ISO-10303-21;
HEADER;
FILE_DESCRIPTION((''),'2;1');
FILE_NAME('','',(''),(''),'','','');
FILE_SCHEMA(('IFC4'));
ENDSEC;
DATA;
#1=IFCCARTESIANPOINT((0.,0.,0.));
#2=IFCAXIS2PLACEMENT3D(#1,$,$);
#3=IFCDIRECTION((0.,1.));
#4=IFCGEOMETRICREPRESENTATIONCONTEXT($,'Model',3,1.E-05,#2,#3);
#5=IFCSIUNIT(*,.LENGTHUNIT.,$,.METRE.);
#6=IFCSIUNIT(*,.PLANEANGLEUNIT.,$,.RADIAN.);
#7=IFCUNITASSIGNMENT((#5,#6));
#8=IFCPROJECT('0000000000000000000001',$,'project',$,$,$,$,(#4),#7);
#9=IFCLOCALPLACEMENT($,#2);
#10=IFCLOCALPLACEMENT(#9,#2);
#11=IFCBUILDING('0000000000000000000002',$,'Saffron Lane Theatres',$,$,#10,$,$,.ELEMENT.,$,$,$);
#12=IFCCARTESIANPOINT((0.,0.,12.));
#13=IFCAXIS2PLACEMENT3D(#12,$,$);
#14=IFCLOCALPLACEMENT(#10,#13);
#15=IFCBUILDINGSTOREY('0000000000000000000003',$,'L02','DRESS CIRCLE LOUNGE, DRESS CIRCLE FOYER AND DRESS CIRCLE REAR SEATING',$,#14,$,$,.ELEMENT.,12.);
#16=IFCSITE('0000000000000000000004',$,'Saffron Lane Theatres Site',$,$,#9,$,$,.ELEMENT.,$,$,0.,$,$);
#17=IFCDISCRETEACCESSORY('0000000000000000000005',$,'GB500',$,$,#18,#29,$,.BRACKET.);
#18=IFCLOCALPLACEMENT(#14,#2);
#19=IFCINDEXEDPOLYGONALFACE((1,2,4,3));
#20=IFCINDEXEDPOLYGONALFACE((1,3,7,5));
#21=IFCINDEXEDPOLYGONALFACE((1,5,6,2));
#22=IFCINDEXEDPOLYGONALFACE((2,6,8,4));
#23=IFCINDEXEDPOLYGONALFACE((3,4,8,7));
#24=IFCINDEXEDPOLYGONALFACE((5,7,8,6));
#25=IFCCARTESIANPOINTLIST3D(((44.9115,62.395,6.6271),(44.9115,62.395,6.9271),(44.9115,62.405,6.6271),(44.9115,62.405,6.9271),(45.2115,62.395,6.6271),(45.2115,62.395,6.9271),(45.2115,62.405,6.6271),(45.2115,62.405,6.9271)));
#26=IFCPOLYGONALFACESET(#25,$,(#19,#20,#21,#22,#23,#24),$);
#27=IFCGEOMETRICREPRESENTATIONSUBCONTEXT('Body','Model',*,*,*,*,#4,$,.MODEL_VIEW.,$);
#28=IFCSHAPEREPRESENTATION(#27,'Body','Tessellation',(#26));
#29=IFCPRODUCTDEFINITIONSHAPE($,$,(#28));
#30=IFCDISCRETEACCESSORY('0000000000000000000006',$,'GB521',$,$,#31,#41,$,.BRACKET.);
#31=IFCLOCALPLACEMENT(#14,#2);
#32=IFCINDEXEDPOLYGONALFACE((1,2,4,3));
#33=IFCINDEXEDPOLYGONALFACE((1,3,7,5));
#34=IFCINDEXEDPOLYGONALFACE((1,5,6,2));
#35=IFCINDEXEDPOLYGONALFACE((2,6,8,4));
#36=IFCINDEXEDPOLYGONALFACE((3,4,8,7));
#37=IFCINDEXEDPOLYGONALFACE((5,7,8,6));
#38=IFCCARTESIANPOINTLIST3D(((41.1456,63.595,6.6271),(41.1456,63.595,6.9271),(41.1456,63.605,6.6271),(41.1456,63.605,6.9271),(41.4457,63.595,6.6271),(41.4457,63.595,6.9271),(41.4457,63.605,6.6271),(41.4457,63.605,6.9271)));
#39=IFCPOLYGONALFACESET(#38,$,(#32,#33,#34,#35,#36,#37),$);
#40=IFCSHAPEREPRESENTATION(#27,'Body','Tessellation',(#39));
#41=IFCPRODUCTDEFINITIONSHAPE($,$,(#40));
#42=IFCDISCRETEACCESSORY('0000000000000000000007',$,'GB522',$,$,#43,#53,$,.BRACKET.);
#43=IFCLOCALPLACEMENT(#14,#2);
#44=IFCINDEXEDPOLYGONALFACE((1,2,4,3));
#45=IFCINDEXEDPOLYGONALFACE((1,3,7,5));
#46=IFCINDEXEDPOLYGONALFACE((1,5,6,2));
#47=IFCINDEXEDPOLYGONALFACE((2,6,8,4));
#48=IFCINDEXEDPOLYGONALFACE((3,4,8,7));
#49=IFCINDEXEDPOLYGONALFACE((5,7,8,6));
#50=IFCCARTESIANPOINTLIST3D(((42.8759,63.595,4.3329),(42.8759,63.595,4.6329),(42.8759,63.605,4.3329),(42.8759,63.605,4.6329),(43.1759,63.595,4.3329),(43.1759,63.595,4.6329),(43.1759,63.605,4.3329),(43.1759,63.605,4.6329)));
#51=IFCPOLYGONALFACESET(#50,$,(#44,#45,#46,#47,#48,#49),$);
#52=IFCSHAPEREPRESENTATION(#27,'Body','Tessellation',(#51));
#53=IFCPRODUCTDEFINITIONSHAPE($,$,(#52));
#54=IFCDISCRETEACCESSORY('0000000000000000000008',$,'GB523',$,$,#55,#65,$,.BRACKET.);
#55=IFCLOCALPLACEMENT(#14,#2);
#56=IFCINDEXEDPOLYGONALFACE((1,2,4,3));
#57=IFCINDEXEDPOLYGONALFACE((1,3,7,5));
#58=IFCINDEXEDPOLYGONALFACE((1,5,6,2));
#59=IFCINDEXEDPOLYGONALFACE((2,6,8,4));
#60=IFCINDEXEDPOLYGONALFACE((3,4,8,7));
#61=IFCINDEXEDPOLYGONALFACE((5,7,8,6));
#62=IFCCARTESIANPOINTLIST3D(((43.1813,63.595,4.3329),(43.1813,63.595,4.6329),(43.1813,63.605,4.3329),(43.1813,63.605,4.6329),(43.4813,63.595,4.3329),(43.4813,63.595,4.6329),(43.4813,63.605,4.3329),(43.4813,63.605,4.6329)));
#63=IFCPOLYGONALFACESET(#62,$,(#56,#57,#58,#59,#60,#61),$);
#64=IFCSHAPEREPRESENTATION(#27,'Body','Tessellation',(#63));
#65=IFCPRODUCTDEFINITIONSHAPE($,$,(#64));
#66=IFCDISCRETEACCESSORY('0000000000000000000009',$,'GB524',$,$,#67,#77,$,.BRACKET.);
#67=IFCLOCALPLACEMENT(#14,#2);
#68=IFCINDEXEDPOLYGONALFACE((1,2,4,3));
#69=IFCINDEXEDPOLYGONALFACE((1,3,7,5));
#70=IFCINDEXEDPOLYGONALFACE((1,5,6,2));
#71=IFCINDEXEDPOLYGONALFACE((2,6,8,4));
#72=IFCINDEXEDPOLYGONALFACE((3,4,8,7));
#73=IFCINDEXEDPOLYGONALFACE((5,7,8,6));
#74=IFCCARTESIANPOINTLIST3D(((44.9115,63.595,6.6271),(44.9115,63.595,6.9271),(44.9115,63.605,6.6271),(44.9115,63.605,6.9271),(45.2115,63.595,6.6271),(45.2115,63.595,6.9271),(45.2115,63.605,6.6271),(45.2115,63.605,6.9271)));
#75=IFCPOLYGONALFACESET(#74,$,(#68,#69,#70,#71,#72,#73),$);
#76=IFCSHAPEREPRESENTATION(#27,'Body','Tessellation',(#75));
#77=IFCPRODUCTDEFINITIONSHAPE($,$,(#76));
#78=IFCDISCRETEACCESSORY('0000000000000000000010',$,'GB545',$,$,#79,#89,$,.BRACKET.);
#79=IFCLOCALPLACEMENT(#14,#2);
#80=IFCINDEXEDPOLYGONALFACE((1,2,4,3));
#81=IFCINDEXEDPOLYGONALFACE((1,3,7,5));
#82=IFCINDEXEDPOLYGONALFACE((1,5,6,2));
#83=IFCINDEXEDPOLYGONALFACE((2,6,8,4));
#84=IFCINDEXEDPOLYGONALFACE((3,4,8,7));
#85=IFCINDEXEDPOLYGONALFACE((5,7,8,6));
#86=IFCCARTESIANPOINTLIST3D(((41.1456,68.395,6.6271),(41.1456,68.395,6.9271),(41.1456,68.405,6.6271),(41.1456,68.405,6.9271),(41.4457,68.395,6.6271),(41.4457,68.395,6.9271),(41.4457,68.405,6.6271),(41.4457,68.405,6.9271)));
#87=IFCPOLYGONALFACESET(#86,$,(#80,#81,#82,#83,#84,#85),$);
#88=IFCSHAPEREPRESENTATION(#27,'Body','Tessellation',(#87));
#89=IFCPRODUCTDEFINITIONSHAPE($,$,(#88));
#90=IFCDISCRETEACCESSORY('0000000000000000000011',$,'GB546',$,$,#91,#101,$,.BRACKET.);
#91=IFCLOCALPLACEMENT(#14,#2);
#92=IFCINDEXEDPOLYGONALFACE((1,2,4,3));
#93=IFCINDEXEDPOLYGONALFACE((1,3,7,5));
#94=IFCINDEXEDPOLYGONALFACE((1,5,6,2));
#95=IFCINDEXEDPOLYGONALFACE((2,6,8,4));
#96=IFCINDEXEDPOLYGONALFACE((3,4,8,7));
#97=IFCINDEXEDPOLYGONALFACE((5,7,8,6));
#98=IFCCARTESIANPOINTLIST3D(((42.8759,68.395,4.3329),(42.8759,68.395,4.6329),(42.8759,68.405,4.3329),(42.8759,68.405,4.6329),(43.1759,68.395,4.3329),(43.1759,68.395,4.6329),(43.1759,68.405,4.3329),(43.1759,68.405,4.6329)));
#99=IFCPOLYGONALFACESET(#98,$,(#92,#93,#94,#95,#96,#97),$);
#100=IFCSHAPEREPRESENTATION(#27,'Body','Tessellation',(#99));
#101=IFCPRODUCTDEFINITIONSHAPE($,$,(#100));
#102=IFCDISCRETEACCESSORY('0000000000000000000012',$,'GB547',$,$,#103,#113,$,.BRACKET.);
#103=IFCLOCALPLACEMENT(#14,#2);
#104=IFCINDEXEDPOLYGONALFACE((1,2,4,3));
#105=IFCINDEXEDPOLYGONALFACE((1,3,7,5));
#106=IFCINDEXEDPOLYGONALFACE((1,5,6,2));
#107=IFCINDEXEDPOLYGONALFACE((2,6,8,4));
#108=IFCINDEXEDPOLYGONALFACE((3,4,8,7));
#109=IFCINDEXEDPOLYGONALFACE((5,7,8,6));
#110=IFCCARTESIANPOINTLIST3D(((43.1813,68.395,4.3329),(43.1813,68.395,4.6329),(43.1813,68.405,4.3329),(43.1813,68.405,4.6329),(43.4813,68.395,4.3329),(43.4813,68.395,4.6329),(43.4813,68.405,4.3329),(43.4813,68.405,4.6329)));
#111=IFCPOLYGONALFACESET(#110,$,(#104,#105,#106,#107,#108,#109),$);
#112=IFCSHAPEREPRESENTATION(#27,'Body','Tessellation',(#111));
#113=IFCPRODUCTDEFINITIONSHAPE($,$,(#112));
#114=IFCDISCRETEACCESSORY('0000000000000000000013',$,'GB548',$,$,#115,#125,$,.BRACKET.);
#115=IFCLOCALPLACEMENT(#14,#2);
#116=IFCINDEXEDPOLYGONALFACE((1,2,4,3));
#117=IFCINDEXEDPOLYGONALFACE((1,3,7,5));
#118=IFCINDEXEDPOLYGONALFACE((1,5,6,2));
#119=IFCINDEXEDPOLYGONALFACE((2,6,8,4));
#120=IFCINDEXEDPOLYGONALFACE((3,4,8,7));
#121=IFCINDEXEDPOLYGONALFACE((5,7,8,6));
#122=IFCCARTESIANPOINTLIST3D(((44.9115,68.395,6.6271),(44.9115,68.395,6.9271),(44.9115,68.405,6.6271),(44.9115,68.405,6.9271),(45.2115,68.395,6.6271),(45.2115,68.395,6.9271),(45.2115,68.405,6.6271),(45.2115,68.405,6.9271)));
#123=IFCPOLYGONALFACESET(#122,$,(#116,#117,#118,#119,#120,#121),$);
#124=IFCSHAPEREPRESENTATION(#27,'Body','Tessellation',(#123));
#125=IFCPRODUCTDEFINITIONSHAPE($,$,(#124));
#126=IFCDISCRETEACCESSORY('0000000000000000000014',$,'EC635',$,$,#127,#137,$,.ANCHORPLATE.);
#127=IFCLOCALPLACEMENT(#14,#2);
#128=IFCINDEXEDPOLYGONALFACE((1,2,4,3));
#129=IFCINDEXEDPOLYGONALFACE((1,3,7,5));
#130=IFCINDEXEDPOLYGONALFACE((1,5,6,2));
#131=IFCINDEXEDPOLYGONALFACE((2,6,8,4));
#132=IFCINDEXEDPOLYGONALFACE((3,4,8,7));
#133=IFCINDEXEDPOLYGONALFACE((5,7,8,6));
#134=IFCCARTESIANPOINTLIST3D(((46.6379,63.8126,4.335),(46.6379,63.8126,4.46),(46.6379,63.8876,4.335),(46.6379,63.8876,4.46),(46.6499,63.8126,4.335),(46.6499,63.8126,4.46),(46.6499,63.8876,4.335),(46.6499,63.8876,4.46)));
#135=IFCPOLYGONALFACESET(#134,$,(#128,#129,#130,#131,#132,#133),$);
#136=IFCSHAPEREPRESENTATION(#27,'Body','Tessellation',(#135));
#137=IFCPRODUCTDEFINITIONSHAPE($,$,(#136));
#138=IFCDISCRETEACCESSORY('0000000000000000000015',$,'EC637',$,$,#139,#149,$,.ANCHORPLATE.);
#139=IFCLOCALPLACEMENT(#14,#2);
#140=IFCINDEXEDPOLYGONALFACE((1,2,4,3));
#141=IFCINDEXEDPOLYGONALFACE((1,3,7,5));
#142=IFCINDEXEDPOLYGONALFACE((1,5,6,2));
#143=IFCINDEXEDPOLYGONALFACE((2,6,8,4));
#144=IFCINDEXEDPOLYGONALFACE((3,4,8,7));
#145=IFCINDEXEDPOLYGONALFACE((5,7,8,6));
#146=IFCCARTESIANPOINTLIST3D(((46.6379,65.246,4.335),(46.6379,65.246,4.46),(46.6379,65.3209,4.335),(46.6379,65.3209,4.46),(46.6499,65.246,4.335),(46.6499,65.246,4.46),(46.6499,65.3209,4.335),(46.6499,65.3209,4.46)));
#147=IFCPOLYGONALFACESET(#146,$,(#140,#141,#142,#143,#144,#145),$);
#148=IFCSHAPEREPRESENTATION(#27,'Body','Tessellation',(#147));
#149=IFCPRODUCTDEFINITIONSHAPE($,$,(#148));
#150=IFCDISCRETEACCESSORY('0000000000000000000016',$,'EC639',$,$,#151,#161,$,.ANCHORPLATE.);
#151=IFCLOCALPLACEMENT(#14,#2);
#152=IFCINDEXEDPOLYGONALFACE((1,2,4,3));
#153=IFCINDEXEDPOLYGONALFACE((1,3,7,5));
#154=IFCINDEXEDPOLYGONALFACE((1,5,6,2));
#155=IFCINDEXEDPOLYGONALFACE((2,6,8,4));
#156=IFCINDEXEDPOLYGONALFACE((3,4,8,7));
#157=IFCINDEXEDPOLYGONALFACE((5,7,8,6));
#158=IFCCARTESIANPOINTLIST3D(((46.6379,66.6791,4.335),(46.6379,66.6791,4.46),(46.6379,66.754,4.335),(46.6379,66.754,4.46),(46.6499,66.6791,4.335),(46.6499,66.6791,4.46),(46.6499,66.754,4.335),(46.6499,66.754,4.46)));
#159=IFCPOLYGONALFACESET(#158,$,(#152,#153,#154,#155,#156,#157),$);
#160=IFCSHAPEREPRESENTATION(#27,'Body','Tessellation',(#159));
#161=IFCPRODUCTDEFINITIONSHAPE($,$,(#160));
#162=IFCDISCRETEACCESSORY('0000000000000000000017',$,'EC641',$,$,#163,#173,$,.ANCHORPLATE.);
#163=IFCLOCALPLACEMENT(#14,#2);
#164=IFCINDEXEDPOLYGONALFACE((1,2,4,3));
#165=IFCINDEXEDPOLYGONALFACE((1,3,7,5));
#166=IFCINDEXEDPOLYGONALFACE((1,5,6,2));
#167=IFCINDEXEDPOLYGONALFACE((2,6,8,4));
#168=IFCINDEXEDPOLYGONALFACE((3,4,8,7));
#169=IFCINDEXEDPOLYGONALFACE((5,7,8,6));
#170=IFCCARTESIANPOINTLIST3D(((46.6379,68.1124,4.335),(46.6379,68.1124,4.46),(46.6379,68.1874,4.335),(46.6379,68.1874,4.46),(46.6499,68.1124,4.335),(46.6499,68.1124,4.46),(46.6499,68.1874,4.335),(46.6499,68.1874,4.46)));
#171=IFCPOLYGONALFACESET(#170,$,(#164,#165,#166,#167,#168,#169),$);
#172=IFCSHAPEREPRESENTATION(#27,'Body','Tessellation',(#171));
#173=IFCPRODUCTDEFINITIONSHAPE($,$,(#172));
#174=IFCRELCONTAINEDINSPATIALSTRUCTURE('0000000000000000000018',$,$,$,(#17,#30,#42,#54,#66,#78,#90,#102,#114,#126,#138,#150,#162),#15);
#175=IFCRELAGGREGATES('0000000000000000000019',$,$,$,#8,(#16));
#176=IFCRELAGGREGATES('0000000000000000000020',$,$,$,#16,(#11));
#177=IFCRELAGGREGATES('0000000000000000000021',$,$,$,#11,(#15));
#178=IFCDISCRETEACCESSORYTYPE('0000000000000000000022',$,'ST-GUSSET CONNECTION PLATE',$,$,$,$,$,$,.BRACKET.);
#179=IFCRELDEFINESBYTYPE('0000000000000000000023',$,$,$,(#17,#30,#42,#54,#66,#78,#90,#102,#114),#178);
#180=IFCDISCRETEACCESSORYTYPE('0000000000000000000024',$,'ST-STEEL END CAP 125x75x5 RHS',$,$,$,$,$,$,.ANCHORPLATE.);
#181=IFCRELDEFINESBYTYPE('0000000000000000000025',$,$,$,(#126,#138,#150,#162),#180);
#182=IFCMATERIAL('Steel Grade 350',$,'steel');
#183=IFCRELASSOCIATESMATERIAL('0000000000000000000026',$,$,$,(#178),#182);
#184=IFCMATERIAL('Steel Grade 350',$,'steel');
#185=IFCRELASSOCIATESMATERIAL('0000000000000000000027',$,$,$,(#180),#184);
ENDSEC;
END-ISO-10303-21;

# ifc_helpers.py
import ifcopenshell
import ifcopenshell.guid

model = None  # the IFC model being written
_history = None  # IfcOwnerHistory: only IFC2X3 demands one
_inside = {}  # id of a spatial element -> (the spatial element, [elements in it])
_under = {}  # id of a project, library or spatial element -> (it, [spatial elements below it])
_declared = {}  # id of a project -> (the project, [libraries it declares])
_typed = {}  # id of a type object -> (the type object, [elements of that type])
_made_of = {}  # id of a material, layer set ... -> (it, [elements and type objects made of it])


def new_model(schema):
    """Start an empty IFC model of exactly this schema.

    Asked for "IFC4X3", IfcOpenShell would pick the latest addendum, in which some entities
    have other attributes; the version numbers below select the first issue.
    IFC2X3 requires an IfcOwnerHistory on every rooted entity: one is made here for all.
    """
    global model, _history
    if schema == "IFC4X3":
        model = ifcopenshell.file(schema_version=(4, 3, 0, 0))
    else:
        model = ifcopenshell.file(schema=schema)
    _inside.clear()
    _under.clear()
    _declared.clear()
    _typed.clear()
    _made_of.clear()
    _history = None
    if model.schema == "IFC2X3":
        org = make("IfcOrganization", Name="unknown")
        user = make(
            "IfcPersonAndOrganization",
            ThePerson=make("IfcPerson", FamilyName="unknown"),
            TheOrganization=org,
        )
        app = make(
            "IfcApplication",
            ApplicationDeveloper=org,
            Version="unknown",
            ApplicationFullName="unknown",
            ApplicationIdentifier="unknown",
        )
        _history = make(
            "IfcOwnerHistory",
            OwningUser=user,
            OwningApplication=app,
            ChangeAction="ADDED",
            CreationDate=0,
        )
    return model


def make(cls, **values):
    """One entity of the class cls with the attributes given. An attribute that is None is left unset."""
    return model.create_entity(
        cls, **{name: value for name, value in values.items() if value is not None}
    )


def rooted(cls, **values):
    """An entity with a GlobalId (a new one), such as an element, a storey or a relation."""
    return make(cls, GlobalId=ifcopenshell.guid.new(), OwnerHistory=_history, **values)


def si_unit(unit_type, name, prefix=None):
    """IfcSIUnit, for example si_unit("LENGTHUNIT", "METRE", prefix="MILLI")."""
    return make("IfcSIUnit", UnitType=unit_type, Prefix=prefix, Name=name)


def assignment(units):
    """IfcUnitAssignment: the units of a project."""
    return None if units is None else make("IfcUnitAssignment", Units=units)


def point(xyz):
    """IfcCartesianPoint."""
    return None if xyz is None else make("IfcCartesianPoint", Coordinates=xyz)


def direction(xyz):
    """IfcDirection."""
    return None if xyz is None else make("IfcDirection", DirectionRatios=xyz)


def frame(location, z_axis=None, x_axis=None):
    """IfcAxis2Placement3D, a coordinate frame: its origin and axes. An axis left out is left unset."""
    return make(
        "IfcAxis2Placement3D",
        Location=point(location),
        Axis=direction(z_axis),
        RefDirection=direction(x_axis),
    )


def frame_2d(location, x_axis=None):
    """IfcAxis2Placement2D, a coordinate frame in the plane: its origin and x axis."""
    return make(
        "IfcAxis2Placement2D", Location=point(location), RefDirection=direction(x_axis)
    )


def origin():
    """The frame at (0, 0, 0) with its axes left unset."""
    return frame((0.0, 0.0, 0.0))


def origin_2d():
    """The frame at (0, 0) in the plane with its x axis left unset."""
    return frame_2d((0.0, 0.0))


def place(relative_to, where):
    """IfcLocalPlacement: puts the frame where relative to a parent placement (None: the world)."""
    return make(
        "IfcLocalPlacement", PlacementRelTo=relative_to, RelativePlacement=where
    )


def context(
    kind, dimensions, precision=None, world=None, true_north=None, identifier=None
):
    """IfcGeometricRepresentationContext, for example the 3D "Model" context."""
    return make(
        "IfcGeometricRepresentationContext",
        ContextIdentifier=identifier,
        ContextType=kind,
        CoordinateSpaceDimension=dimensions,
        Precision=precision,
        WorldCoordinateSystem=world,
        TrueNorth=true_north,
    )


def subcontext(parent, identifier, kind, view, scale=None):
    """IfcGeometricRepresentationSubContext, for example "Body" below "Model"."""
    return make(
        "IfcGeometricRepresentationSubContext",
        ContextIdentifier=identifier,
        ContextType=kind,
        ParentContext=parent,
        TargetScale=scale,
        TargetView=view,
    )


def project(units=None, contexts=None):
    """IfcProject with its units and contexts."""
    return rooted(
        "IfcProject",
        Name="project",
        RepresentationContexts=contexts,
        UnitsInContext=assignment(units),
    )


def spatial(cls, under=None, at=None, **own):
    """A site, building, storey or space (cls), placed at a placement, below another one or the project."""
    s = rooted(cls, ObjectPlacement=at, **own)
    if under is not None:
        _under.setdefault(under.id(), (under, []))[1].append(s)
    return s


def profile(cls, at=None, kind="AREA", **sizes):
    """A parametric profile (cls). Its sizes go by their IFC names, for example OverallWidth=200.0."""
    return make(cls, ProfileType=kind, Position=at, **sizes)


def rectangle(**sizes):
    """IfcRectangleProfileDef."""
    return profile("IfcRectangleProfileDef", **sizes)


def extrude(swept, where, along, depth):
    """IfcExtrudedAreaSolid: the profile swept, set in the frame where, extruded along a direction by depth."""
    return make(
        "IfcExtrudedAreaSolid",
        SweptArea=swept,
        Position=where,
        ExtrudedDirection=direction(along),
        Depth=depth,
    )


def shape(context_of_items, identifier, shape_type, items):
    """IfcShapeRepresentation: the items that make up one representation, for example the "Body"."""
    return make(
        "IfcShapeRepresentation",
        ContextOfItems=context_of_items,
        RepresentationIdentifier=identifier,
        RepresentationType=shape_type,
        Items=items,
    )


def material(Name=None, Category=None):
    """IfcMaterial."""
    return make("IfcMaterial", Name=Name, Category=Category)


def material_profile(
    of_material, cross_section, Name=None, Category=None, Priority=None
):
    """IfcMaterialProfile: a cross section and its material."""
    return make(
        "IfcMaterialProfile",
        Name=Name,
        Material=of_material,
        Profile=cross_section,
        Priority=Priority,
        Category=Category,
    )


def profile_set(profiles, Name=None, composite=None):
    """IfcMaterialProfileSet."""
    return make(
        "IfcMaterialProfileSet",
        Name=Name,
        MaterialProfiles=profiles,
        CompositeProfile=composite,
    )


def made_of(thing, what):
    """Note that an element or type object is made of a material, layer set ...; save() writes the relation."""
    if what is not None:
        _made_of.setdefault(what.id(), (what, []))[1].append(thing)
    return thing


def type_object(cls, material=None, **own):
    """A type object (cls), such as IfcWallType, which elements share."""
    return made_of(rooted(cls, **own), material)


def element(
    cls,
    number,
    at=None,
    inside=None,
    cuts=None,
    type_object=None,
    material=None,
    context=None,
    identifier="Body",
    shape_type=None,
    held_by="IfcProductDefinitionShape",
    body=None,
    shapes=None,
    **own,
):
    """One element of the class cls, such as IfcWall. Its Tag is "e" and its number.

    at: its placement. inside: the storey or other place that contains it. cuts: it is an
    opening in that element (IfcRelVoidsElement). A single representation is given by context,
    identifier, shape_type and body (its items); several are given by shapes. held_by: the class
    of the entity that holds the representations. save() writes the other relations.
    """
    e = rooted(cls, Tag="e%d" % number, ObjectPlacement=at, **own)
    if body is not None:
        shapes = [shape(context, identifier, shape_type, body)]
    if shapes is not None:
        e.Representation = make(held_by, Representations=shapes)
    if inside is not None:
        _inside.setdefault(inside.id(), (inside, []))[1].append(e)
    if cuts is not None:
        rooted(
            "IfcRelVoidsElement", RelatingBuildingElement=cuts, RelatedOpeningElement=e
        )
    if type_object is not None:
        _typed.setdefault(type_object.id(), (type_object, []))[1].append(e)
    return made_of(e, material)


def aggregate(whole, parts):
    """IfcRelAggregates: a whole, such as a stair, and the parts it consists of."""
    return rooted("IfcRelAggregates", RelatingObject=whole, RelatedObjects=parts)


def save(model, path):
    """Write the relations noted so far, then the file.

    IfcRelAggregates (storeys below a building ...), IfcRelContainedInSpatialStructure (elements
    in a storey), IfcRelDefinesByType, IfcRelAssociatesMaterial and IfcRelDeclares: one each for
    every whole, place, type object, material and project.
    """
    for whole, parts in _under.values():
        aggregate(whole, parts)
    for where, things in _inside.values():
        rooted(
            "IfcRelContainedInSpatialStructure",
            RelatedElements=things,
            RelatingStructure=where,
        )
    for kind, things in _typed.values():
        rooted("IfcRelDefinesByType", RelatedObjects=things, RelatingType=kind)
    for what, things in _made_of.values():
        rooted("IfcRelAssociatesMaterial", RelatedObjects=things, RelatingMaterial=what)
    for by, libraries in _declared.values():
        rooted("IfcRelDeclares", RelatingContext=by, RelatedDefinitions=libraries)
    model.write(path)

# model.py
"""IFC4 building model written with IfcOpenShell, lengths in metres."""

from ifc_helpers import new_model, si_unit, direction, frame, origin, origin_2d, place, context, subcontext, project, spatial, rectangle, extrude, material, material_profile, profile_set, type_object, element, save


model = new_model("IFC4")

# Units and contexts
model_context = context("Model", 3, precision=1e-05, world=origin(), true_north=direction((0.0, 1.0)))
body_context = subcontext(model_context, "Body", "Model", "MODEL_VIEW")
ifc_project = project(units=[si_unit("LENGTHUNIT", "METRE"), si_unit("PLANEANGLEUNIT", "RADIAN")], contexts=[model_context])

# Site, building, storey
site_placement = place(None, origin())
site = spatial("IfcSite", under=ifc_project, at=site_placement, Name="Saffron Lane Theatres Site", CompositionType="ELEMENT", RefElevation=0.0)
building_placement = place(site_placement, origin())
building = spatial("IfcBuilding", under=site, at=building_placement, Name="Saffron Lane Theatres", CompositionType="ELEMENT")
storey_placement = place(building_placement, frame((0.0, 0.0, 12.0)))
storey = spatial("IfcBuildingStorey", under=building, at=storey_placement, Name="L02", Description="DRESS CIRCLE LOUNGE, DRESS CIRCLE FOYER AND DRESS CIRCLE REAR SEATING", CompositionType="ELEMENT", Elevation=12.0)

# Discrete accessories
ifc_material_1 = material(Name="Steel Grade 350", Category="steel")
ifc_material_profile_1 = material_profile(ifc_material_1, rectangle(XDim=0.3, YDim=0.3, at=origin_2d()))
ifc_profile_set_1 = profile_set([ifc_material_profile_1], Name="Steel Grade 350")
discrete_accessory_type_1 = type_object("IfcDiscreteAccessoryType", Name="ST-GUSSET CONNECTION PLATE", PredefinedType="BRACKET", material=ifc_profile_set_1)
for number, where, z_axis, x_axis, name in (
    (1, (45.0615, 62.395, 6.7771), (0.0, 1.0, 0.0), (-1.0, 0.0, 0.0), "GB500"),
    (2, (41.2957, 63.595, 6.7771), (0.0, 1.0, 0.0), (-1.0, 0.0, 0.0), "GB521"),
    (3, (43.0259, 63.595, 4.4829), (0.0, 1.0, 0.0), (-1.0, 0.0, 0.0), "GB522"),
    (4, (43.3313, 63.595, 4.4829), (0.0, 1.0, 0.0), (-1.0, 0.0, 0.0), "GB523"),
    (5, (45.0615, 63.595, 6.7771), (0.0, 1.0, 0.0), (-1.0, 0.0, 0.0), "GB524"),
    (6, (41.2957, 68.395, 6.7771), (0.0, 1.0, 0.0), (-1.0, 0.0, 0.0), "GB545"),
    (7, (43.0259, 68.395, 4.4829), (0.0, 1.0, 0.0), (-1.0, 0.0, 0.0), "GB546"),
    (8, (43.3313, 68.395, 4.4829), (0.0, 1.0, 0.0), (-1.0, 0.0, 0.0), "GB547"),
    (9, (45.0615, 68.395, 6.7771), (0.0, 1.0, 0.0), (-1.0, 0.0, 0.0), "GB548"),
):
    element("IfcDiscreteAccessory", number, at=place(storey_placement, frame(where, z_axis=z_axis, x_axis=x_axis)), inside=storey, type_object=discrete_accessory_type_1, Name=name, PredefinedType="BRACKET", context=body_context, shape_type="SweptSolid", body=[
        extrude(rectangle(XDim=0.3, YDim=0.3, at=origin_2d()), origin(), (0.0, 0.0, 1.0), 0.01),
    ])
ifc_material_2 = material(Name="Steel Grade 350", Category="steel")
ifc_material_profile_2 = material_profile(ifc_material_2, rectangle(XDim=0.075, YDim=0.125, at=origin_2d()))
ifc_profile_set_2 = profile_set([ifc_material_profile_2], Name="Steel Grade 350")
discrete_accessory_type_2 = type_object("IfcDiscreteAccessoryType", Name="ST-STEEL END CAP 125x75x5 RHS", PredefinedType="ANCHORPLATE", material=ifc_profile_set_2)
for number, where, z_axis, x_axis, name in (
    (10, (46.6379, 63.8501, 4.3975), (1.0, 0.0, 0.0), (0.0, 1.0, 0.0), "EC635"),
    (11, (46.6379, 65.2834, 4.3975), (1.0, 0.0, 0.0), (0.0, 1.0, 0.0), "EC637"),
    (12, (46.6379, 66.7166, 4.3975), (1.0, 0.0, 0.0), (0.0, 1.0, 0.0), "EC639"),
    (13, (46.6379, 68.1499, 4.3975), (1.0, 0.0, 0.0), (0.0, 1.0, 0.0), "EC641"),
):
    element("IfcDiscreteAccessory", number, at=place(storey_placement, frame(where, z_axis=z_axis, x_axis=x_axis)), inside=storey, type_object=discrete_accessory_type_2, Name=name, PredefinedType="ANCHORPLATE", context=body_context, shape_type="SweptSolid", body=[
        extrude(rectangle(XDim=0.075, YDim=0.125, at=origin_2d()), origin(), (0.0, 0.0, 1.0), 0.012),
    ])

save(model, "model.ifc")
